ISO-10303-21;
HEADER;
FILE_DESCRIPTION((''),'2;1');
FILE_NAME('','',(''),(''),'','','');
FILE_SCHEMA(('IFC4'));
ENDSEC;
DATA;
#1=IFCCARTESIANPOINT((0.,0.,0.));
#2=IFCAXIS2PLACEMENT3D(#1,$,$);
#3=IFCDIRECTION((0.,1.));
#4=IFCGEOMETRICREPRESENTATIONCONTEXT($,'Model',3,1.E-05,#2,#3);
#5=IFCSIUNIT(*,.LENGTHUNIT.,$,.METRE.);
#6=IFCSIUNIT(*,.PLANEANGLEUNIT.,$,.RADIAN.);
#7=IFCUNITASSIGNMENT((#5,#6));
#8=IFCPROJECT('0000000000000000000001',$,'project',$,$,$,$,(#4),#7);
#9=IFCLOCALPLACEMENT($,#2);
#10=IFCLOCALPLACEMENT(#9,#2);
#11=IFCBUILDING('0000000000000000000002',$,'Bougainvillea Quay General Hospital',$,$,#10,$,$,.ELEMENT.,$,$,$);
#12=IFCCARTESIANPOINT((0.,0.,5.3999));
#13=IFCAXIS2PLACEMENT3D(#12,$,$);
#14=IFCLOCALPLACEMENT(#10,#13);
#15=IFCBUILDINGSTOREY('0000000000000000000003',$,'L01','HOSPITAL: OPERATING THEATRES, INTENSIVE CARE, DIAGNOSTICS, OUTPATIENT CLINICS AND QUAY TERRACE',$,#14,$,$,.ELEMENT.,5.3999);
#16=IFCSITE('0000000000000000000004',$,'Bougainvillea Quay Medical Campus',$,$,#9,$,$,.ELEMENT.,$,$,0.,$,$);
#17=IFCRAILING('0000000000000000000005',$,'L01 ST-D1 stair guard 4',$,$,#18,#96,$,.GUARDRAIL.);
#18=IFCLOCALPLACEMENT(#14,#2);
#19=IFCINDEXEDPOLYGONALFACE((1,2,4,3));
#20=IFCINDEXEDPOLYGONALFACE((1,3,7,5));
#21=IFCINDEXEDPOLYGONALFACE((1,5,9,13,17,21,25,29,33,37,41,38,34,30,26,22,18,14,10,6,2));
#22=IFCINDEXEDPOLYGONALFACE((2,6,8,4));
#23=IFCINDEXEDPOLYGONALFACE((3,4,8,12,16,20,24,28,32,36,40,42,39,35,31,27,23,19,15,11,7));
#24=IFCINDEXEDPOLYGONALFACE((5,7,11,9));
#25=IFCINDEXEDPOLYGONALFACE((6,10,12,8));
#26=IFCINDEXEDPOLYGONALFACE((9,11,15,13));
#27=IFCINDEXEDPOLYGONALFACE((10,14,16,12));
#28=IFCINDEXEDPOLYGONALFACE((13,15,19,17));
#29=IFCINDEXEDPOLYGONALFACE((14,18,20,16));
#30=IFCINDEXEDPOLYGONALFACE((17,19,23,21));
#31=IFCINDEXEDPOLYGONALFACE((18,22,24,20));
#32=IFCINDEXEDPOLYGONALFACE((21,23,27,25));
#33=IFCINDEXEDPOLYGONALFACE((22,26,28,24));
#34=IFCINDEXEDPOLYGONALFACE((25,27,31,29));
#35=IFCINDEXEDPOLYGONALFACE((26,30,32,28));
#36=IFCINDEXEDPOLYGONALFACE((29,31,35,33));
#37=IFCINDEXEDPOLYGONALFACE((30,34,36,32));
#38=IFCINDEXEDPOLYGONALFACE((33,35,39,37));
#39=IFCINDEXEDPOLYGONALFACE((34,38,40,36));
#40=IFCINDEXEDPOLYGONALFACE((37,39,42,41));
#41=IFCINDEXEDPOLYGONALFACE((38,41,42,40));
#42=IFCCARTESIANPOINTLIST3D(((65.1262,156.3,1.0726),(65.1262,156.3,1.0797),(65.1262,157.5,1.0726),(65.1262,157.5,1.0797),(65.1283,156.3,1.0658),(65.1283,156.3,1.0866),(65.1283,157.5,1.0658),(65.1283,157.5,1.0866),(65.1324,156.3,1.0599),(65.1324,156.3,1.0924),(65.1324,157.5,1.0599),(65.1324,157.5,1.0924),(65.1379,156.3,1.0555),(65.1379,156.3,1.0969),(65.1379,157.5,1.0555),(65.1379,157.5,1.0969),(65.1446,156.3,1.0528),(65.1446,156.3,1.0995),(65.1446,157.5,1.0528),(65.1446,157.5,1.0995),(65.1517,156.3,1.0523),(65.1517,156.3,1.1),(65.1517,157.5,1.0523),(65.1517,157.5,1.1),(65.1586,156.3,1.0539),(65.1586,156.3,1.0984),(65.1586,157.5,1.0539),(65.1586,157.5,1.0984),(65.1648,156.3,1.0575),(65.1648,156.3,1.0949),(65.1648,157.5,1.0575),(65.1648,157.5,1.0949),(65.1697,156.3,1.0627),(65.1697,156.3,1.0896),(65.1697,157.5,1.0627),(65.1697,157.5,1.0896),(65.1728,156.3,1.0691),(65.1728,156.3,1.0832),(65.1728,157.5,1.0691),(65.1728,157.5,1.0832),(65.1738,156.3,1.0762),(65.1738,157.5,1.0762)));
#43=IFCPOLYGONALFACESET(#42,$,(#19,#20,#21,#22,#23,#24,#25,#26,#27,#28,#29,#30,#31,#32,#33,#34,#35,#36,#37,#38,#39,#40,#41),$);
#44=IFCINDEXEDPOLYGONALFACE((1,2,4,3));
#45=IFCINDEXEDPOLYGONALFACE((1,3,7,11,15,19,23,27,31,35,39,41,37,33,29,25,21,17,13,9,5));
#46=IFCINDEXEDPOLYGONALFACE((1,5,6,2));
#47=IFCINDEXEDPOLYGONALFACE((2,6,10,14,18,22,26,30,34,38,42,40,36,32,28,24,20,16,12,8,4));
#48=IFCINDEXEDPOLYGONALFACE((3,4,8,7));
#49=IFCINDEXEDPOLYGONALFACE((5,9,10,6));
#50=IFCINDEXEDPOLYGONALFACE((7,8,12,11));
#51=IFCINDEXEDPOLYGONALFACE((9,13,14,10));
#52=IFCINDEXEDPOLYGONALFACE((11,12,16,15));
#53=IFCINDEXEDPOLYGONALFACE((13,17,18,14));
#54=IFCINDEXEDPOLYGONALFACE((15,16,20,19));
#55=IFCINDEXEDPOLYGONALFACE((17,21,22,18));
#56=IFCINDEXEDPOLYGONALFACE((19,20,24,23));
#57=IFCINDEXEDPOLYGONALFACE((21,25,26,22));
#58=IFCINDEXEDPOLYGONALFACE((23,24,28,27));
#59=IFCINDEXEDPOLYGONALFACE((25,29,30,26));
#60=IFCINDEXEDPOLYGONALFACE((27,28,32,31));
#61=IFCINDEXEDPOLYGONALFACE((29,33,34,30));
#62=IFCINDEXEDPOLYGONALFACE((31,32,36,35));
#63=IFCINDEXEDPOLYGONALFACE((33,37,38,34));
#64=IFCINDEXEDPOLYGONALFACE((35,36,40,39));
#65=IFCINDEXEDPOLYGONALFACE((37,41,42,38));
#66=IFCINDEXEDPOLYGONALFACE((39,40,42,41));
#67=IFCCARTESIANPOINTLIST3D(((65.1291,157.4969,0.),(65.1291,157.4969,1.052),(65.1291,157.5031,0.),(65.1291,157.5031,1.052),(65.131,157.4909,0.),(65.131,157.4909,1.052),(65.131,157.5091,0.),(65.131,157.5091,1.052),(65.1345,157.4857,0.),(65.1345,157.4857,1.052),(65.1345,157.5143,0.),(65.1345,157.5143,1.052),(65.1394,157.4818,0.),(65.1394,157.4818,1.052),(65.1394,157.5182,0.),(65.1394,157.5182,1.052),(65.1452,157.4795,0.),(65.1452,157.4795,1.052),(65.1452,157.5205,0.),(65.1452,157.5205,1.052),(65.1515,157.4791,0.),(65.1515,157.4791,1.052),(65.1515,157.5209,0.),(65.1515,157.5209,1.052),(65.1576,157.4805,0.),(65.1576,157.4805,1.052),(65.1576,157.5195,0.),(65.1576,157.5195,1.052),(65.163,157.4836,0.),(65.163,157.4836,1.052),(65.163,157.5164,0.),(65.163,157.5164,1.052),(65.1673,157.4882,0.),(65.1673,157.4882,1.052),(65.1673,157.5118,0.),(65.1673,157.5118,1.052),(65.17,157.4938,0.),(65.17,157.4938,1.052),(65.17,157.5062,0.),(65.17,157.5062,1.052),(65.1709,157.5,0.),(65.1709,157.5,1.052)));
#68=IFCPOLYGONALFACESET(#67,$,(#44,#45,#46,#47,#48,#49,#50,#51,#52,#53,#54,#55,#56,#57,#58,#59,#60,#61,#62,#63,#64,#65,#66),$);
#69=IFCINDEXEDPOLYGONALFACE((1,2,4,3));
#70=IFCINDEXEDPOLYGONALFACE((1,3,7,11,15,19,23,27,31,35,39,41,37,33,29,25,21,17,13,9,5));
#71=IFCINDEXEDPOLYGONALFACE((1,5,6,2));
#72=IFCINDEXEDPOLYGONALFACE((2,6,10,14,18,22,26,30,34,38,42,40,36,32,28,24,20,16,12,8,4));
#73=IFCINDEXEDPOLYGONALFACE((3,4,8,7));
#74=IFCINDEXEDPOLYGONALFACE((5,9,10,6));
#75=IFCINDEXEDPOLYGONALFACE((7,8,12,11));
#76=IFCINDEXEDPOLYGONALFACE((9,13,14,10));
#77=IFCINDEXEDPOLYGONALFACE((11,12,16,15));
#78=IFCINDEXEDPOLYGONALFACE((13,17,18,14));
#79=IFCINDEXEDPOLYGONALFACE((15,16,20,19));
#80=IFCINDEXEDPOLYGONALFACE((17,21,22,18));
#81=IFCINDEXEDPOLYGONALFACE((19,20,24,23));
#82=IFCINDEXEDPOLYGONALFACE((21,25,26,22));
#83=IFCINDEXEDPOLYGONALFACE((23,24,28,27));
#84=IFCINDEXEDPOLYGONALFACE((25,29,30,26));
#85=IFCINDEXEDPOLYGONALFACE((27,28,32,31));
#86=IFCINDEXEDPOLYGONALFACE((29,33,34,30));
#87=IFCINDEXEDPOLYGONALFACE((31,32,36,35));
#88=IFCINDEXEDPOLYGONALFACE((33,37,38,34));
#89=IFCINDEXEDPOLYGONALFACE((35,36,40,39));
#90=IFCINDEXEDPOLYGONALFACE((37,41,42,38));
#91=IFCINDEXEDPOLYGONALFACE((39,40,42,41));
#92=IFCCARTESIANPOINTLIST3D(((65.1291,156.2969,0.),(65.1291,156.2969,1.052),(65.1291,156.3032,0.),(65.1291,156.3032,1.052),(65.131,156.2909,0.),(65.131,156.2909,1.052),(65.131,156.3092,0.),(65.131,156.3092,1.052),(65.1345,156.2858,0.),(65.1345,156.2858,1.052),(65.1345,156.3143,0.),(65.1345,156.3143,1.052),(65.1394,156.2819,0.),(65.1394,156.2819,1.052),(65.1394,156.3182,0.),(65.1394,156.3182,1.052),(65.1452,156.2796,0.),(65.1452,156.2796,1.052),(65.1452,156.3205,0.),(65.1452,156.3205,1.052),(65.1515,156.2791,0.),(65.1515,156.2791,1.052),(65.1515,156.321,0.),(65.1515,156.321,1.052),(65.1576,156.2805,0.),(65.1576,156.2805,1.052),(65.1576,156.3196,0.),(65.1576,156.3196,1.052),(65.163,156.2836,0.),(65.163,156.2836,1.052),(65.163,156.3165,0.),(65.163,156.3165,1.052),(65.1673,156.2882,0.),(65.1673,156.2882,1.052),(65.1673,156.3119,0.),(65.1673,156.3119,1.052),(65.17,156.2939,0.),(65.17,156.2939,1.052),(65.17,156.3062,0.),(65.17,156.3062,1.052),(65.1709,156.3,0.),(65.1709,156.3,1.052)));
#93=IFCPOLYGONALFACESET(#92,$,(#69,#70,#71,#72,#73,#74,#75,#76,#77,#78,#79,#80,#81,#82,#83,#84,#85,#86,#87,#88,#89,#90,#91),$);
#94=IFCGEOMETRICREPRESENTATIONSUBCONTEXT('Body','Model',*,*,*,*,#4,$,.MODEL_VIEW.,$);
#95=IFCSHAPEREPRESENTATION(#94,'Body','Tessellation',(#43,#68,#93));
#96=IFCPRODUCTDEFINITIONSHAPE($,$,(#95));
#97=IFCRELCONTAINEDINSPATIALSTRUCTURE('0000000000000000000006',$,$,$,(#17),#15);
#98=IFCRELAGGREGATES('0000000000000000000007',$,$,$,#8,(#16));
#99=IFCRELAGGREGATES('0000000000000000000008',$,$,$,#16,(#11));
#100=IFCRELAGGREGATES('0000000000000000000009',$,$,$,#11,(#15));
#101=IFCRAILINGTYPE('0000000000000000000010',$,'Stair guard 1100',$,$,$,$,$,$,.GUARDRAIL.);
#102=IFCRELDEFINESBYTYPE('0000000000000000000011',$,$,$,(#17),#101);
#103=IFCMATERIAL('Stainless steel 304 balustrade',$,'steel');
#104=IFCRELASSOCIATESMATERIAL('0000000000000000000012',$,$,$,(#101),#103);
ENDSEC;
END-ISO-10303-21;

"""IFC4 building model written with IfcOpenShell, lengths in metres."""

from ifc_helpers import new_model, si_unit, direction, frame, origin, origin_2d, place, context, subcontext, project, spatial, circle, extrude, material, type_object, element, save


model = new_model("IFC4")

# Units and contexts
model_context = context("Model", 3, precision=1e-05, world=origin(), true_north=direction((0.0, 1.0)))
body_context = subcontext(model_context, "Body", "Model", "MODEL_VIEW")
ifc_project = project(units=[si_unit("LENGTHUNIT", "METRE"), si_unit("PLANEANGLEUNIT", "RADIAN")], contexts=[model_context])

# Site, building, storey
site_placement = place(None, origin())
site = spatial("IfcSite", under=ifc_project, at=site_placement, Name="Bougainvillea Quay Medical Campus", CompositionType="ELEMENT", RefElevation=0.0)
building_placement = place(site_placement, origin())
building = spatial("IfcBuilding", under=site, at=building_placement, Name="Bougainvillea Quay General Hospital", CompositionType="ELEMENT")
storey_placement = place(building_placement, frame((0.0, 0.0, 5.3999)))
storey = spatial("IfcBuildingStorey", under=building, at=storey_placement, Name="L01", Description="HOSPITAL: OPERATING THEATRES, INTENSIVE CARE, DIAGNOSTICS, OUTPATIENT CLINICS AND QUAY TERRACE", CompositionType="ELEMENT", Elevation=5.3999)

# Railing
ifc_material_1 = material(Name="Stainless steel 304 balustrade", Category="steel")
railing_type_1 = type_object("IfcRailingType", Name="Stair guard 1100", PredefinedType="GUARDRAIL", material=ifc_material_1)
railing_1_placement = place(storey_placement, frame((65.1499, 157.5, 0.0)))
element("IfcRailing", 1, at=railing_1_placement, inside=storey, type_object=railing_type_1, Name="L01 ST-D1 stair guard 4", PredefinedType="GUARDRAIL", context=body_context, shape_type="SweptSolid", body=[
    extrude(circle(Radius=0.0239, at=origin_2d()), frame((0.0, 0.0, 1.0762), z_axis=(0.0, -1.0, 0.0), x_axis=(1.0, 0.0, 0.0)), (0.0, 0.0, 1.0), 1.2),
    extrude(circle(Radius=0.021, at=origin_2d()), origin(), (0.0, 0.0, 1.0), 1.052),
    extrude(circle(Radius=0.021, at=origin_2d()), frame((0.0, -1.2, 0.0)), (0.0, 0.0, 1.0), 1.052),
])

save(model, "model.ifc")
